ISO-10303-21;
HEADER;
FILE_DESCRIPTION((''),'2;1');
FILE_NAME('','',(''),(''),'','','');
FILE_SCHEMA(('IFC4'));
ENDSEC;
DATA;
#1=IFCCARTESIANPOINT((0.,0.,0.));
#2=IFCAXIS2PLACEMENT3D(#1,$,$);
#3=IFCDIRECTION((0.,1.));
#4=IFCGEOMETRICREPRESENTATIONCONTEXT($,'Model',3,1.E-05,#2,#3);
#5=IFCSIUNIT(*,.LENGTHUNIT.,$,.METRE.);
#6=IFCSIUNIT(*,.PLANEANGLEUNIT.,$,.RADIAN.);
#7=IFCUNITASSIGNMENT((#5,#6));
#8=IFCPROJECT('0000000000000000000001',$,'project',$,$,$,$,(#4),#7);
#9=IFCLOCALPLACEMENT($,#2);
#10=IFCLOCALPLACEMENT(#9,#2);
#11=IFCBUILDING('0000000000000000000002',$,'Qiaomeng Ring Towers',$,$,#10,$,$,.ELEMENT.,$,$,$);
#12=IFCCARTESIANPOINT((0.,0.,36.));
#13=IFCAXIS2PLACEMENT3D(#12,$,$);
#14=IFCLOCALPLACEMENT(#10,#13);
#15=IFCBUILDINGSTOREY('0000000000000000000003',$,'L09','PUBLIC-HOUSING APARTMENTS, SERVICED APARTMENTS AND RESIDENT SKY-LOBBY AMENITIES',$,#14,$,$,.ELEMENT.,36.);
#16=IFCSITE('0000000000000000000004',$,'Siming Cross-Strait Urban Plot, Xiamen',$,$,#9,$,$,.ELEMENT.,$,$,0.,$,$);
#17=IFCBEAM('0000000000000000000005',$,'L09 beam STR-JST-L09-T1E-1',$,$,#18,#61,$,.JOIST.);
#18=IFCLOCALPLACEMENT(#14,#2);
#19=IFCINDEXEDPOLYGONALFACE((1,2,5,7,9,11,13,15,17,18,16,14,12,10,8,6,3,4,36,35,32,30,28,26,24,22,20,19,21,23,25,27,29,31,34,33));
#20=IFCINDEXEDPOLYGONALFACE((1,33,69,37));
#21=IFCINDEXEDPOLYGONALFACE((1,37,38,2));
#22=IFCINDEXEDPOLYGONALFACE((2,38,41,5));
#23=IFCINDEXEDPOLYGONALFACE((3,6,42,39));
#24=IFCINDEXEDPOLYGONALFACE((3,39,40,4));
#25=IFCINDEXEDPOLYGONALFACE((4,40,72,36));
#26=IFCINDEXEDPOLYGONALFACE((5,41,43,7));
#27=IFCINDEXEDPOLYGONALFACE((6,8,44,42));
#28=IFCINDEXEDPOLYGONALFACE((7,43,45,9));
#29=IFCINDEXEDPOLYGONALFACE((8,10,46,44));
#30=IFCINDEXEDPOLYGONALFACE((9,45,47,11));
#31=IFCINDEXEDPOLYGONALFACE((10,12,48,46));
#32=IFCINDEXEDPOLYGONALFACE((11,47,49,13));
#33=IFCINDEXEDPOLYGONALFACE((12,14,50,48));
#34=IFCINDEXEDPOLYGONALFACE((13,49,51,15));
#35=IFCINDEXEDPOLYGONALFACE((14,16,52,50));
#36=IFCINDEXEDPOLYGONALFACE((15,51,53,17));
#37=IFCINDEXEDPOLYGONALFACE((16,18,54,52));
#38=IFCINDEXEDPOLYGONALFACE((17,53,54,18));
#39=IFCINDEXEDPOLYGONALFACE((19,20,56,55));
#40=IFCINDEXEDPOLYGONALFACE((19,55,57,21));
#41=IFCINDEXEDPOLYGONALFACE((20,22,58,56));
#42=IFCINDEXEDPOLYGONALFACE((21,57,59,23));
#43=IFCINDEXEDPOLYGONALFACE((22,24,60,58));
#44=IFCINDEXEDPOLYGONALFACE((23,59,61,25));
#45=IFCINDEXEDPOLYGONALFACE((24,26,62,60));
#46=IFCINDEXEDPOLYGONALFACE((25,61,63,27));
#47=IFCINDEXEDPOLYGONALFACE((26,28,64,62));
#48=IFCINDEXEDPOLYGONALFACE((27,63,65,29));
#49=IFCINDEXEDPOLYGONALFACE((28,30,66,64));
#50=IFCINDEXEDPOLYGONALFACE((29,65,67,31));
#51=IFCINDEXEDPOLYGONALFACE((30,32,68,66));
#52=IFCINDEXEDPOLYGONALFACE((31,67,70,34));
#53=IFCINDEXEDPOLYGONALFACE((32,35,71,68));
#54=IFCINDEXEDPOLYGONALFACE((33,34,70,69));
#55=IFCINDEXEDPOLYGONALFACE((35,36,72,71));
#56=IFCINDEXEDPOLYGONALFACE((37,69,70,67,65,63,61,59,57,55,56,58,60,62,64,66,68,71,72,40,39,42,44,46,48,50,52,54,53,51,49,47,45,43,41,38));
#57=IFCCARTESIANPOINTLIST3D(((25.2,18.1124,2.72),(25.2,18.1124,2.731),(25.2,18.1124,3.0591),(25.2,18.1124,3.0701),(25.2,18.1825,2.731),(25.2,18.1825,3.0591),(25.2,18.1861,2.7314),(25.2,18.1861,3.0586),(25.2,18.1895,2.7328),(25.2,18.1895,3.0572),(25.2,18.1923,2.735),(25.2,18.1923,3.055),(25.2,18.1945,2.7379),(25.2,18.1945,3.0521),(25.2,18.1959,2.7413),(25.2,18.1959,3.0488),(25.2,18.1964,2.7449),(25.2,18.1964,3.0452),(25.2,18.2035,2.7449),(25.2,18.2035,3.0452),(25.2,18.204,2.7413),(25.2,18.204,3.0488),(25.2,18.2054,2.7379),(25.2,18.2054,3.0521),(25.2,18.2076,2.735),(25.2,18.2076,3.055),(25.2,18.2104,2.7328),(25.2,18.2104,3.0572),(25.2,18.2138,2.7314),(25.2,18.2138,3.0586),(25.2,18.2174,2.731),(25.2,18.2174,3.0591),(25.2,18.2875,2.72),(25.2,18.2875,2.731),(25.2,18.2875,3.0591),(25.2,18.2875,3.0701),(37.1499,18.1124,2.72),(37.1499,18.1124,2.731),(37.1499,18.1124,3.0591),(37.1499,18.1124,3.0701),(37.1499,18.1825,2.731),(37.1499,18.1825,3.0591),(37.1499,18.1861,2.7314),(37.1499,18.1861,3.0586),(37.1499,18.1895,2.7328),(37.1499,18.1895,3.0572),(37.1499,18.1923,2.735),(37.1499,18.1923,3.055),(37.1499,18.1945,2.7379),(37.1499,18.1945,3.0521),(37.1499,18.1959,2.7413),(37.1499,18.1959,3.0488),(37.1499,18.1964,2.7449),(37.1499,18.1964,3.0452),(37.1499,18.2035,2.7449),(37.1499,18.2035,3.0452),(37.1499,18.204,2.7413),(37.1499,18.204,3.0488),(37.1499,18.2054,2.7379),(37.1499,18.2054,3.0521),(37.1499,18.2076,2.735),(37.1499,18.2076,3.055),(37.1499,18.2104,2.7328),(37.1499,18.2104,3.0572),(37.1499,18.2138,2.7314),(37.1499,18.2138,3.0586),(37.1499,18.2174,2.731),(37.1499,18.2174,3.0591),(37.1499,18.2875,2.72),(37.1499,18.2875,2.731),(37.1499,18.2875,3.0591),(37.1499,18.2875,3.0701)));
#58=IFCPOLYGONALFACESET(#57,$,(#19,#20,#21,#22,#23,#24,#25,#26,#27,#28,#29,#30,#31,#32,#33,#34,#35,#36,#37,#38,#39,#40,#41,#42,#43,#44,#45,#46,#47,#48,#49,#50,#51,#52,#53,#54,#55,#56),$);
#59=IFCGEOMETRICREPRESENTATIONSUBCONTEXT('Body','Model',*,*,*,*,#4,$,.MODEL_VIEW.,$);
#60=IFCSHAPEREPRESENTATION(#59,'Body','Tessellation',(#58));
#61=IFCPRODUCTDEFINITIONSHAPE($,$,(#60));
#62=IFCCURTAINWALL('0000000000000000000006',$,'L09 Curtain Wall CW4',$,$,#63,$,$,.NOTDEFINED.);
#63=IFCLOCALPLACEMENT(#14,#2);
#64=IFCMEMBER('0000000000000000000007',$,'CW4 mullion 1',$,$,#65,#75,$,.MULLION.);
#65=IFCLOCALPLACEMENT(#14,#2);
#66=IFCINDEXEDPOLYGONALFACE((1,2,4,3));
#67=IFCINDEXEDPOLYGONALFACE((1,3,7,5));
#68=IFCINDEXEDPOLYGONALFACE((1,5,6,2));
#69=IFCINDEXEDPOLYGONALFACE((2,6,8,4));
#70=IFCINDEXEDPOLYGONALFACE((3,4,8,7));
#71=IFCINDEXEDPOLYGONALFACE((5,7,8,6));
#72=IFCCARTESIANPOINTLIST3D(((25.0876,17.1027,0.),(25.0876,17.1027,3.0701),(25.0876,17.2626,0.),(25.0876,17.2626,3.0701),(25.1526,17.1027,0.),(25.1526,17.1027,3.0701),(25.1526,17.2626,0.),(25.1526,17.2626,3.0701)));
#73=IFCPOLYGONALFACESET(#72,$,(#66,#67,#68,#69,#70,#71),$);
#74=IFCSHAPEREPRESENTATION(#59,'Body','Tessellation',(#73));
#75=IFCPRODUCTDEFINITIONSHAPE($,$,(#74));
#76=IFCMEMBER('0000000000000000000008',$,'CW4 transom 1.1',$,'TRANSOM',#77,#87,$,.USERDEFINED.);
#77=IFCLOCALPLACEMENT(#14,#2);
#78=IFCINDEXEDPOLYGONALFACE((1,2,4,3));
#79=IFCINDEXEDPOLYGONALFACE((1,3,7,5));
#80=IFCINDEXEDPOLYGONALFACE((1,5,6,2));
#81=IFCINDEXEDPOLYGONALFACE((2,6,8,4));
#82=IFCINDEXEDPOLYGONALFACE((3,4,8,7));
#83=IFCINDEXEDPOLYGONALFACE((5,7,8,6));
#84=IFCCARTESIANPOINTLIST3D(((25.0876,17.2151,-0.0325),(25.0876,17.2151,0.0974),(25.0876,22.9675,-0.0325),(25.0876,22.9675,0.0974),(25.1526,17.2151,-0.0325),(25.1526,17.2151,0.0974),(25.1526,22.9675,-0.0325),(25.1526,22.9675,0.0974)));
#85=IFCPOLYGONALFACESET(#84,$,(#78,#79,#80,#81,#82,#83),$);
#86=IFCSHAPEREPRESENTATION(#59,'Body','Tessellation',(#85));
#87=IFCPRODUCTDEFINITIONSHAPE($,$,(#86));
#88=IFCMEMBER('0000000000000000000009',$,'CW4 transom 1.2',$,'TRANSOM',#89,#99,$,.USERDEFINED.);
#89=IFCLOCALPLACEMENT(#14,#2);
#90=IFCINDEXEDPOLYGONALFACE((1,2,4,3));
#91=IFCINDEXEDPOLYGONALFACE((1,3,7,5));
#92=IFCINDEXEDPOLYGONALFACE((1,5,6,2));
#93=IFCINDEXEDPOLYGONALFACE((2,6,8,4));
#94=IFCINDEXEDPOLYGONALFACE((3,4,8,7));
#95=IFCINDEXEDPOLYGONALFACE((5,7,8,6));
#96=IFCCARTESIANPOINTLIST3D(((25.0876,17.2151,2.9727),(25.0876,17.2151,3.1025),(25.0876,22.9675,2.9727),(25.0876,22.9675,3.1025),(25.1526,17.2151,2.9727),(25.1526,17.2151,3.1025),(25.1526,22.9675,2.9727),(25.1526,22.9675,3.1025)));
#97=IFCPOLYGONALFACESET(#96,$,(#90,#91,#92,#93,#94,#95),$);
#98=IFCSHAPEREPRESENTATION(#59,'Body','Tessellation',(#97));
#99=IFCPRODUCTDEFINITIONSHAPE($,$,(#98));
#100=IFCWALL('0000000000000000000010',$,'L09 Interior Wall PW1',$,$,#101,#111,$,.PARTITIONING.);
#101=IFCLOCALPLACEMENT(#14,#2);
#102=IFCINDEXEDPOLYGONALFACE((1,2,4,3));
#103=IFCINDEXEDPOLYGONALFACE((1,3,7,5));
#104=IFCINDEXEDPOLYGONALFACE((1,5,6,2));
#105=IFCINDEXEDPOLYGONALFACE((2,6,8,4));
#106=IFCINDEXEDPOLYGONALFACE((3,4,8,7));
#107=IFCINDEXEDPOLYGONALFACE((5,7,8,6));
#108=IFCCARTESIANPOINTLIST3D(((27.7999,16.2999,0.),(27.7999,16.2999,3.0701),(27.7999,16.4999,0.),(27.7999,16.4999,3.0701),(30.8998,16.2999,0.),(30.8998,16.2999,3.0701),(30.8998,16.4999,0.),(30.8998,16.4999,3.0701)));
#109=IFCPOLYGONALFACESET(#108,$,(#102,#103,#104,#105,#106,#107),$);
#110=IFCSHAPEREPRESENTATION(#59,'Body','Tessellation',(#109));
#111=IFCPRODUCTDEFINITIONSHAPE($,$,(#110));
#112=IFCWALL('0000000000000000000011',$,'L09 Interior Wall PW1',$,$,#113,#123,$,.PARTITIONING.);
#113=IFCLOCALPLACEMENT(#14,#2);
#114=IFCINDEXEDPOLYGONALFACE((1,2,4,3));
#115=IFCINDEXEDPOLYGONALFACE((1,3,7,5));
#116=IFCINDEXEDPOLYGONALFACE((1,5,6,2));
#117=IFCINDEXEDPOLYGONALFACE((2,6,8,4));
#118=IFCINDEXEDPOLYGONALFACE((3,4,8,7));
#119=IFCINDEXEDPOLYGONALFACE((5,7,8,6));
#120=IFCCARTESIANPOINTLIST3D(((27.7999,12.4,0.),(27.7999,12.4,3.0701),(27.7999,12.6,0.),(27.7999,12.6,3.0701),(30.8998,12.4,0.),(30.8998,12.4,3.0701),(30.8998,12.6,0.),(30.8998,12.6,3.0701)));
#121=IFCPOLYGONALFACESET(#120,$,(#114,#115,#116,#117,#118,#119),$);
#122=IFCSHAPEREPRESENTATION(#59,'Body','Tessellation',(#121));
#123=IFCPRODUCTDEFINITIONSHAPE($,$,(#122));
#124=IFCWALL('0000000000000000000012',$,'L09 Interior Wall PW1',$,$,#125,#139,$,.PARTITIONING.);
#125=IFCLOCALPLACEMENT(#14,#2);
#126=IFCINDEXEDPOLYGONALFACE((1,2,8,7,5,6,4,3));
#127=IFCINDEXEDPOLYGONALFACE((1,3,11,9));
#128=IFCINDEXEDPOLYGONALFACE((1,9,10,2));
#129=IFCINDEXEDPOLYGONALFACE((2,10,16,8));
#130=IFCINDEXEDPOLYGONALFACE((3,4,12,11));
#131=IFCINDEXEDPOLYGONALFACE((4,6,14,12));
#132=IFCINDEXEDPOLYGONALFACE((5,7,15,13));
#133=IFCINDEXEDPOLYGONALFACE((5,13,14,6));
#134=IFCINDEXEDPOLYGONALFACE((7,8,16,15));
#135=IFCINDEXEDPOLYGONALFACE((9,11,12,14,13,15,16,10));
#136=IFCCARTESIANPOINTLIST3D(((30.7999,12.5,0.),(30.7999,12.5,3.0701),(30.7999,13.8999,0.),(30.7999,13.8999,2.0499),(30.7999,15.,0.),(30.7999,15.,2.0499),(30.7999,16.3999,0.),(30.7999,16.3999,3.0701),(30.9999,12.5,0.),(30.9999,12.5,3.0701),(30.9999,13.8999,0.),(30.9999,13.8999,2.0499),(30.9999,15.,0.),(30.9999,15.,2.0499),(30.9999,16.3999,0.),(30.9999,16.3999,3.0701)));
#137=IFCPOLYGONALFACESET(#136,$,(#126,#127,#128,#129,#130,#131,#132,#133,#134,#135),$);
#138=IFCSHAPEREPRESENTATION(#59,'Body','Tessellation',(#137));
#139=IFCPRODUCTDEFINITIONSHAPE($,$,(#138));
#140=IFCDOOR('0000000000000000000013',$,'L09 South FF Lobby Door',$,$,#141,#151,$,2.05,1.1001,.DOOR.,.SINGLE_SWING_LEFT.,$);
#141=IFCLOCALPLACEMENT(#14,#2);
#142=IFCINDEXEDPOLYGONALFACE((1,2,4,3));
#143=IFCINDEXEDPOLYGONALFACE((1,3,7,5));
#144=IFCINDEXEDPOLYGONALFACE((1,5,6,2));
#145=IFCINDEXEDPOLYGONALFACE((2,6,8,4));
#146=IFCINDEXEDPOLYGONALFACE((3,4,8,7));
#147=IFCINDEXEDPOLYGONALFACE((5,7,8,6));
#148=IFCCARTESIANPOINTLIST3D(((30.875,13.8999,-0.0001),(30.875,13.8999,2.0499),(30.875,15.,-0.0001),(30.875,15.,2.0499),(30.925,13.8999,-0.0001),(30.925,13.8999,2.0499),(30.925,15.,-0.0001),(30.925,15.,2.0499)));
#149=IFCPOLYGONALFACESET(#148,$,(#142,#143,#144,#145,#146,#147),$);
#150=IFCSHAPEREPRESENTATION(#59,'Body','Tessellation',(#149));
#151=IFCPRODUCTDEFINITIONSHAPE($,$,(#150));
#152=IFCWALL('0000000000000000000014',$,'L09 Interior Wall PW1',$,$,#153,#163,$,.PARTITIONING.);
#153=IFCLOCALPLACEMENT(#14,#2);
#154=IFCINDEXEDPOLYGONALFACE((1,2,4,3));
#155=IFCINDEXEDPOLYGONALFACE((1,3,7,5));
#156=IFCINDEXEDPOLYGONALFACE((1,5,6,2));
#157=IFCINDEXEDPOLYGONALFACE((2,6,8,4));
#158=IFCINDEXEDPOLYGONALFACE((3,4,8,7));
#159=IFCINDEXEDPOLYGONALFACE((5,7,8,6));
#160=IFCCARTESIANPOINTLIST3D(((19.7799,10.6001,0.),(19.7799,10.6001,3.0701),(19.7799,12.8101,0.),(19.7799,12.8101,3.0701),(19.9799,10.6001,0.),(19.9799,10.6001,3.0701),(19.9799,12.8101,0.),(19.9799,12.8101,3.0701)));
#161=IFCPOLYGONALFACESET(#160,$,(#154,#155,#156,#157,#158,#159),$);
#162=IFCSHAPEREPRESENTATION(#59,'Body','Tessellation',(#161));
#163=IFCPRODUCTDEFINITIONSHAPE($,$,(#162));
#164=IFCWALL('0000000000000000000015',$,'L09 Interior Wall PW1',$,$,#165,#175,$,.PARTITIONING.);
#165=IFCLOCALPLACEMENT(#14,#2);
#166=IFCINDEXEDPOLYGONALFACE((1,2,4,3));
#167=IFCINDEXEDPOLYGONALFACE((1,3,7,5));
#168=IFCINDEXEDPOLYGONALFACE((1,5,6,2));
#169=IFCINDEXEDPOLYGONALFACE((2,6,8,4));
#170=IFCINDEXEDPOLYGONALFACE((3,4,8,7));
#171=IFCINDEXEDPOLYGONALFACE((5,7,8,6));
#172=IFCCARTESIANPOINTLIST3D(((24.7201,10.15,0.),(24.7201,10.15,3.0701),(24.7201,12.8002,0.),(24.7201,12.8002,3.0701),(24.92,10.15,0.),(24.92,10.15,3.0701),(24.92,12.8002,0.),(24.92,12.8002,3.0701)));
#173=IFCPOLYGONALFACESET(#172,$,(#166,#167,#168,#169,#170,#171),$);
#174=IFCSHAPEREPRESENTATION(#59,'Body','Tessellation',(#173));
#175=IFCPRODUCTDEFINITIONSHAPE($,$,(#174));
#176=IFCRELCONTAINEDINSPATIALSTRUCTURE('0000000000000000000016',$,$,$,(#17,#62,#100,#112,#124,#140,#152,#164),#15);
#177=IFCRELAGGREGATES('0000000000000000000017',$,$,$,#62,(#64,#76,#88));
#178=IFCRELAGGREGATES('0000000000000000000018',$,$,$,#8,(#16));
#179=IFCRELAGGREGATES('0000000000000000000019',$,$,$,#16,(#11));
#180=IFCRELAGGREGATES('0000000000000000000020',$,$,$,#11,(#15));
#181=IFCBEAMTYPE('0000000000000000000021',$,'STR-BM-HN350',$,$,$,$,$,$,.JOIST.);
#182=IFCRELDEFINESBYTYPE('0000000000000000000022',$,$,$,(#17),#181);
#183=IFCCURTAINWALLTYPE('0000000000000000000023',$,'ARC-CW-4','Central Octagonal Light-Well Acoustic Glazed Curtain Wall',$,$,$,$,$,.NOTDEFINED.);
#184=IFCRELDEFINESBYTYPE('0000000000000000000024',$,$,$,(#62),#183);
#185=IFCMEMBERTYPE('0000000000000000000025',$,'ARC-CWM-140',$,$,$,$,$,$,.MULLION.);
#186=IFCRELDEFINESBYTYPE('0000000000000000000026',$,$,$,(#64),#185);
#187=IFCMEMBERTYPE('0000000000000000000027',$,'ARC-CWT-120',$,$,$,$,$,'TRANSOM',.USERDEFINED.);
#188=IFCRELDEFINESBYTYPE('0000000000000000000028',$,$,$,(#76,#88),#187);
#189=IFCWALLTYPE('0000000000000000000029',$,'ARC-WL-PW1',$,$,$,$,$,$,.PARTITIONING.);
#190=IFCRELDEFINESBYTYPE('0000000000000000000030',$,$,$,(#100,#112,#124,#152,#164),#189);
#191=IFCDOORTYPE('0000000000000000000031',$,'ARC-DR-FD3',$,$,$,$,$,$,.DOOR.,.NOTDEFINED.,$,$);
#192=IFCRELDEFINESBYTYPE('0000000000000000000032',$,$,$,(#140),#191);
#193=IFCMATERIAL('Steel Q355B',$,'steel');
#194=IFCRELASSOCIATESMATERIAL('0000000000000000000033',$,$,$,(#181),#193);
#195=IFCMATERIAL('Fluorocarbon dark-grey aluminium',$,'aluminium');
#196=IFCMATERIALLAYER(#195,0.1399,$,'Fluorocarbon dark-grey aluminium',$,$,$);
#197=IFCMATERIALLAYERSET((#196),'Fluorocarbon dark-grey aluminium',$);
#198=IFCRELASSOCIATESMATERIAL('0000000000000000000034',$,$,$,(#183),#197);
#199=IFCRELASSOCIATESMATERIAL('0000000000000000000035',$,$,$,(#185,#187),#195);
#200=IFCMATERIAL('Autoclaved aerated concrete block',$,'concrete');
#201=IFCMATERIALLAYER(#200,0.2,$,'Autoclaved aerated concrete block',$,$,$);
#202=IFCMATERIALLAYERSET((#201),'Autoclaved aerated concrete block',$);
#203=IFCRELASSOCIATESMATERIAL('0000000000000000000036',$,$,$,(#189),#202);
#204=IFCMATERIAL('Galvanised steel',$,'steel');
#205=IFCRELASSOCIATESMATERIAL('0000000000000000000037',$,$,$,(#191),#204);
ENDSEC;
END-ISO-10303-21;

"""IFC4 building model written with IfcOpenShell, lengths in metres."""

from ifc_helpers import new_model, si_unit, direction, frame, frame_2d, origin, origin_2d, place, context, subcontext, project, spatial, rectangle, i_section, extrude, source, transform, mapped, material, layer, layer_set, material_profile, profile_set, type_object, element, fill, aggregate, save


model = new_model("IFC4")

# Units and contexts
model_context = context("Model", 3, precision=1e-05, world=origin(), true_north=direction((0.0, 1.0)))
body_context = subcontext(model_context, "Body", "Model", "MODEL_VIEW")
ifc_project = project(units=[si_unit("LENGTHUNIT", "METRE"), si_unit("PLANEANGLEUNIT", "RADIAN")], contexts=[model_context])

# Site, building, storey
site_placement = place(None, origin())
site = spatial("IfcSite", under=ifc_project, at=site_placement, Name="Siming Cross-Strait Urban Plot, Xiamen", CompositionType="ELEMENT", RefElevation=0.0)
building_placement = place(site_placement, origin())
building = spatial("IfcBuilding", under=site, at=building_placement, Name="Qiaomeng Ring Towers", CompositionType="ELEMENT")
storey_placement = place(building_placement, frame((0.0, 0.0, 36.0)))
storey = spatial("IfcBuildingStorey", under=building, at=storey_placement, Name="L09", Description="PUBLIC-HOUSING APARTMENTS, SERVICED APARTMENTS AND RESIDENT SKY-LOBBY AMENITIES", CompositionType="ELEMENT", Elevation=36.0)

# Beam
ifc_material_1 = material(Name="Steel Q355B", Category="steel")
ifc_material_profile_1 = material_profile(ifc_material_1, i_section(OverallWidth=0.175, OverallDepth=0.3501, WebThickness=0.0071, FlangeThickness=0.011, FilletRadius=0.0139, at=origin_2d()), Name="HN 350x175x7x11")
ifc_profile_set_1 = profile_set([ifc_material_profile_1], Name="Steel Q355B")
beam_type_1 = type_object("IfcBeamType", Name="STR-BM-HN350", PredefinedType="JOIST", material=ifc_profile_set_1)
shared_shape_1 = source(origin(), body_context, "Body", "SweptSolid", [
    extrude(i_section(OverallWidth=0.175, OverallDepth=0.3501, WebThickness=0.0071, FlangeThickness=0.011, FilletRadius=0.0139, at=origin_2d()), origin(), (0.0, 0.0, 1.0), 11.95),
])
beam_1_placement = place(storey_placement, frame((25.2, 18.2, 2.895), z_axis=(1.0, 0.0, 0.0), x_axis=(0.0, 1.0, 0.0)))
element("IfcBeam", 1, at=beam_1_placement, inside=storey, type_object=beam_type_1, Name="L09 beam STR-JST-L09-T1E-1", PredefinedType="JOIST", context=body_context, shape_type="MappedRepresentation", body=[
    mapped(shared_shape_1, transform((0.0, 0.0, 0.0), x_axis=(1.0, 0.0, 0.0), y_axis=(0.0, 1.0, 0.0), z_axis=(0.0, 0.0, 1.0), scale=1.0)),
])

# Curtain wall, members
ifc_material_2 = material(Name="Fluorocarbon dark-grey aluminium", Category="aluminium")
ifc_layer_1 = layer(ifc_material_2, 0.1399, Name="Fluorocarbon dark-grey aluminium")
ifc_layer_set_1 = layer_set([ifc_layer_1], Name="Fluorocarbon dark-grey aluminium")
curtain_wall_type = type_object("IfcCurtainWallType", Name="ARC-CW-4", Description="Central Octagonal Light-Well Acoustic Glazed Curtain Wall", PredefinedType="NOTDEFINED", material=ifc_layer_set_1)
curtain_wall_placement = place(storey_placement, origin())
curtain_wall = element("IfcCurtainWall", 2, at=curtain_wall_placement, inside=storey, type_object=curtain_wall_type, Name="L09 Curtain Wall CW4", PredefinedType="NOTDEFINED")
ifc_material_profile_2 = material_profile(ifc_material_2, rectangle(XDim=0.0649, YDim=0.1599, at=origin_2d()), Name="ALU MULL 65x160")
ifc_profile_set_2 = profile_set([ifc_material_profile_2], Name="Fluorocarbon dark-grey aluminium")
member_type_1 = type_object("IfcMemberType", Name="ARC-CWM-140", PredefinedType="MULLION", material=ifc_profile_set_2)
shared_shape_2 = source(origin(), body_context, "Body", "SweptSolid", [
    extrude(rectangle(XDim=0.0649, YDim=0.1599, at=origin_2d()), origin(), (0.0, 0.0, 1.0), 3.0701),
])
member_1_placement = place(storey_placement, frame((25.1201, 17.1826, 0.0), z_axis=(0.0, 0.0, 1.0), x_axis=(-1.0, 0.0, 0.0)))
member_1 = element("IfcMember", 3, at=member_1_placement, type_object=member_type_1, Name="CW4 mullion 1", PredefinedType="MULLION", context=body_context, shape_type="MappedRepresentation", body=[
    mapped(shared_shape_2, transform((0.0, 0.0, 0.0), x_axis=(1.0, 0.0, 0.0), y_axis=(0.0, 1.0, 0.0), z_axis=(0.0, 0.0, 1.0), scale=1.0)),
])
ifc_material_profile_3 = material_profile(ifc_material_2, rectangle(XDim=0.0649, YDim=0.1299, at=origin_2d()), Name="ALU TRAN 65x130")
ifc_profile_set_3 = profile_set([ifc_material_profile_3], Name="Fluorocarbon dark-grey aluminium")
member_type_2 = type_object("IfcMemberType", Name="ARC-CWT-120", ElementType="TRANSOM", PredefinedType="USERDEFINED", material=ifc_profile_set_3)
shared_shape_3 = source(origin(), body_context, "Body", "SweptSolid", [
    extrude(rectangle(XDim=0.0649, YDim=0.1299, at=origin_2d()), origin(), (0.0, 0.0, 1.0), 5.7524),
])
member_2_placement = place(storey_placement, frame((25.1201, 17.2151, 0.0325), z_axis=(0.0, 1.0, 0.0), x_axis=(-1.0, 0.0, 0.0)))
member_2 = element("IfcMember", 4, at=member_2_placement, type_object=member_type_2, Name="CW4 transom 1.1", ObjectType="TRANSOM", PredefinedType="USERDEFINED", context=body_context, shape_type="MappedRepresentation", body=[
    mapped(shared_shape_3, transform((0.0, 0.0, 0.0), x_axis=(1.0, 0.0, 0.0), y_axis=(0.0, 1.0, 0.0), z_axis=(0.0, 0.0, 1.0), scale=1.0)),
])
member_3_placement = place(storey_placement, frame((25.1201, 17.2151, 3.0376), z_axis=(0.0, 1.0, 0.0), x_axis=(-1.0, 0.0, 0.0)))
member_3 = element("IfcMember", 5, at=member_3_placement, type_object=member_type_2, Name="CW4 transom 1.2", ObjectType="TRANSOM", PredefinedType="USERDEFINED", context=body_context, shape_type="MappedRepresentation", body=[
    mapped(shared_shape_3, transform((0.0, 0.0, 0.0), x_axis=(1.0, 0.0, 0.0), y_axis=(0.0, 1.0, 0.0), z_axis=(0.0, 0.0, 1.0), scale=1.0)),
])
aggregate(curtain_wall, [member_1, member_2, member_3])

# Walls
ifc_material_3 = material(Name="Autoclaved aerated concrete block", Category="concrete")
ifc_layer_2 = layer(ifc_material_3, 0.2, Name="Autoclaved aerated concrete block")
ifc_layer_set_2 = layer_set([ifc_layer_2], Name="Autoclaved aerated concrete block")
wall_type_1 = type_object("IfcWallType", Name="ARC-WL-PW1", PredefinedType="PARTITIONING", material=ifc_layer_set_2)
for number, where, z_axis, x_axis, name in (
    (6, (27.8, 16.3999, 0.0), (0.0, 0.0, 1.0), (1.0, 0.0, 0.0), "L09 Interior Wall PW1"),
    (7, (27.8, 12.5, 0.0), (0.0, 0.0, 1.0), (1.0, 0.0, 0.0), "L09 Interior Wall PW1"),
):
    element("IfcWall", number, at=place(storey_placement, frame(where, z_axis=z_axis, x_axis=x_axis)), inside=storey, type_object=wall_type_1, Name=name, PredefinedType="PARTITIONING", context=body_context, shape_type="SweptSolid", body=[
        extrude(rectangle(XDim=3.0999, YDim=0.2, at=frame_2d((1.5498, 0.0))), origin(), (0.0, 0.0, 1.0), 3.0701),
    ])

# Wall, opening, door
wall_1_placement = place(storey_placement, frame((30.8999, 12.5, 0.0), z_axis=(0.0, 0.0, 1.0), x_axis=(0.0, 1.0, 0.0)))
wall_1 = element("IfcWall", 8, at=wall_1_placement, inside=storey, type_object=wall_type_1, Name="L09 Interior Wall PW1", PredefinedType="PARTITIONING", context=body_context, shape_type="SweptSolid", body=[
    extrude(rectangle(XDim=3.8999, YDim=0.2, at=frame_2d((1.95, 0.0))), origin(), (0.0, 0.0, 1.0), 3.0701),
])
opening_1_placement = place(wall_1_placement, frame((1.3999, 0.0, 0.0)))
opening_1 = element("IfcOpeningElement", 9, at=opening_1_placement, cuts=wall_1, PredefinedType="OPENING", context=body_context, shape_type="SweptSolid", body=[
    extrude(rectangle(XDim=1.1001, YDim=2.05, at=frame_2d((0.55, 1.0249))), frame((0.0, 0.1099, 0.0), z_axis=(0.0, -1.0, 0.0), x_axis=(1.0, 0.0, 0.0)), (0.0, 0.0, 1.0), 0.22),
])
ifc_material_4 = material(Name="Galvanised steel", Category="steel")
door_type_1 = type_object("IfcDoorType", Name="ARC-DR-FD3", OperationType="NOTDEFINED", PredefinedType="DOOR", material=ifc_material_4)
shared_shape_4 = source(origin(), body_context, "Body", "SweptSolid", [
    extrude(rectangle(XDim=1.1001, YDim=2.05, at=frame_2d((0.55, 1.0249))), frame((0.0, 0.0249, 0.0), z_axis=(0.0, -1.0, 0.0), x_axis=(1.0, 0.0, 0.0)), (0.0, 0.0, 1.0), 0.05),
])
door_1_placement = place(opening_1_placement, origin())
door_1 = element("IfcDoor", 10, at=door_1_placement, inside=storey, type_object=door_type_1, Name="L09 South FF Lobby Door", OperationType="SINGLE_SWING_LEFT", OverallHeight=2.05, OverallWidth=1.1001, PredefinedType="DOOR", context=body_context, shape_type="MappedRepresentation", body=[
    mapped(shared_shape_4, transform((0.0, 0.0, 0.0), x_axis=(1.0, 0.0, 0.0), y_axis=(0.0, 1.0, 0.0), z_axis=(0.0, 0.0, 1.0), scale=1.0)),
])
fill(opening_1, door_1)

# Walls
wall_2_placement = place(storey_placement, frame((19.8799, 10.6001, 0.0), z_axis=(0.0, 0.0, 1.0), x_axis=(0.0, 1.0, 0.0)))
element("IfcWall", 11, at=wall_2_placement, inside=storey, type_object=wall_type_1, Name="L09 Interior Wall PW1", PredefinedType="PARTITIONING", context=body_context, shape_type="SweptSolid", body=[
    extrude(rectangle(XDim=2.21, YDim=0.2, at=frame_2d((1.105, 0.0))), origin(), (0.0, 0.0, 1.0), 3.0701),
])
wall_3_placement = place(storey_placement, frame((24.8201, 10.1499, 0.0), z_axis=(0.0, 0.0, 1.0), x_axis=(0.0, 1.0, 0.0)))
element("IfcWall", 12, at=wall_3_placement, inside=storey, type_object=wall_type_1, Name="L09 Interior Wall PW1", PredefinedType="PARTITIONING", context=body_context, shape_type="SweptSolid", body=[
    extrude(rectangle(XDim=2.6501, YDim=0.2, at=frame_2d((1.3252, 0.0))), origin(), (0.0, 0.0, 1.0), 3.0701),
])

save(model, "model.ifc")
